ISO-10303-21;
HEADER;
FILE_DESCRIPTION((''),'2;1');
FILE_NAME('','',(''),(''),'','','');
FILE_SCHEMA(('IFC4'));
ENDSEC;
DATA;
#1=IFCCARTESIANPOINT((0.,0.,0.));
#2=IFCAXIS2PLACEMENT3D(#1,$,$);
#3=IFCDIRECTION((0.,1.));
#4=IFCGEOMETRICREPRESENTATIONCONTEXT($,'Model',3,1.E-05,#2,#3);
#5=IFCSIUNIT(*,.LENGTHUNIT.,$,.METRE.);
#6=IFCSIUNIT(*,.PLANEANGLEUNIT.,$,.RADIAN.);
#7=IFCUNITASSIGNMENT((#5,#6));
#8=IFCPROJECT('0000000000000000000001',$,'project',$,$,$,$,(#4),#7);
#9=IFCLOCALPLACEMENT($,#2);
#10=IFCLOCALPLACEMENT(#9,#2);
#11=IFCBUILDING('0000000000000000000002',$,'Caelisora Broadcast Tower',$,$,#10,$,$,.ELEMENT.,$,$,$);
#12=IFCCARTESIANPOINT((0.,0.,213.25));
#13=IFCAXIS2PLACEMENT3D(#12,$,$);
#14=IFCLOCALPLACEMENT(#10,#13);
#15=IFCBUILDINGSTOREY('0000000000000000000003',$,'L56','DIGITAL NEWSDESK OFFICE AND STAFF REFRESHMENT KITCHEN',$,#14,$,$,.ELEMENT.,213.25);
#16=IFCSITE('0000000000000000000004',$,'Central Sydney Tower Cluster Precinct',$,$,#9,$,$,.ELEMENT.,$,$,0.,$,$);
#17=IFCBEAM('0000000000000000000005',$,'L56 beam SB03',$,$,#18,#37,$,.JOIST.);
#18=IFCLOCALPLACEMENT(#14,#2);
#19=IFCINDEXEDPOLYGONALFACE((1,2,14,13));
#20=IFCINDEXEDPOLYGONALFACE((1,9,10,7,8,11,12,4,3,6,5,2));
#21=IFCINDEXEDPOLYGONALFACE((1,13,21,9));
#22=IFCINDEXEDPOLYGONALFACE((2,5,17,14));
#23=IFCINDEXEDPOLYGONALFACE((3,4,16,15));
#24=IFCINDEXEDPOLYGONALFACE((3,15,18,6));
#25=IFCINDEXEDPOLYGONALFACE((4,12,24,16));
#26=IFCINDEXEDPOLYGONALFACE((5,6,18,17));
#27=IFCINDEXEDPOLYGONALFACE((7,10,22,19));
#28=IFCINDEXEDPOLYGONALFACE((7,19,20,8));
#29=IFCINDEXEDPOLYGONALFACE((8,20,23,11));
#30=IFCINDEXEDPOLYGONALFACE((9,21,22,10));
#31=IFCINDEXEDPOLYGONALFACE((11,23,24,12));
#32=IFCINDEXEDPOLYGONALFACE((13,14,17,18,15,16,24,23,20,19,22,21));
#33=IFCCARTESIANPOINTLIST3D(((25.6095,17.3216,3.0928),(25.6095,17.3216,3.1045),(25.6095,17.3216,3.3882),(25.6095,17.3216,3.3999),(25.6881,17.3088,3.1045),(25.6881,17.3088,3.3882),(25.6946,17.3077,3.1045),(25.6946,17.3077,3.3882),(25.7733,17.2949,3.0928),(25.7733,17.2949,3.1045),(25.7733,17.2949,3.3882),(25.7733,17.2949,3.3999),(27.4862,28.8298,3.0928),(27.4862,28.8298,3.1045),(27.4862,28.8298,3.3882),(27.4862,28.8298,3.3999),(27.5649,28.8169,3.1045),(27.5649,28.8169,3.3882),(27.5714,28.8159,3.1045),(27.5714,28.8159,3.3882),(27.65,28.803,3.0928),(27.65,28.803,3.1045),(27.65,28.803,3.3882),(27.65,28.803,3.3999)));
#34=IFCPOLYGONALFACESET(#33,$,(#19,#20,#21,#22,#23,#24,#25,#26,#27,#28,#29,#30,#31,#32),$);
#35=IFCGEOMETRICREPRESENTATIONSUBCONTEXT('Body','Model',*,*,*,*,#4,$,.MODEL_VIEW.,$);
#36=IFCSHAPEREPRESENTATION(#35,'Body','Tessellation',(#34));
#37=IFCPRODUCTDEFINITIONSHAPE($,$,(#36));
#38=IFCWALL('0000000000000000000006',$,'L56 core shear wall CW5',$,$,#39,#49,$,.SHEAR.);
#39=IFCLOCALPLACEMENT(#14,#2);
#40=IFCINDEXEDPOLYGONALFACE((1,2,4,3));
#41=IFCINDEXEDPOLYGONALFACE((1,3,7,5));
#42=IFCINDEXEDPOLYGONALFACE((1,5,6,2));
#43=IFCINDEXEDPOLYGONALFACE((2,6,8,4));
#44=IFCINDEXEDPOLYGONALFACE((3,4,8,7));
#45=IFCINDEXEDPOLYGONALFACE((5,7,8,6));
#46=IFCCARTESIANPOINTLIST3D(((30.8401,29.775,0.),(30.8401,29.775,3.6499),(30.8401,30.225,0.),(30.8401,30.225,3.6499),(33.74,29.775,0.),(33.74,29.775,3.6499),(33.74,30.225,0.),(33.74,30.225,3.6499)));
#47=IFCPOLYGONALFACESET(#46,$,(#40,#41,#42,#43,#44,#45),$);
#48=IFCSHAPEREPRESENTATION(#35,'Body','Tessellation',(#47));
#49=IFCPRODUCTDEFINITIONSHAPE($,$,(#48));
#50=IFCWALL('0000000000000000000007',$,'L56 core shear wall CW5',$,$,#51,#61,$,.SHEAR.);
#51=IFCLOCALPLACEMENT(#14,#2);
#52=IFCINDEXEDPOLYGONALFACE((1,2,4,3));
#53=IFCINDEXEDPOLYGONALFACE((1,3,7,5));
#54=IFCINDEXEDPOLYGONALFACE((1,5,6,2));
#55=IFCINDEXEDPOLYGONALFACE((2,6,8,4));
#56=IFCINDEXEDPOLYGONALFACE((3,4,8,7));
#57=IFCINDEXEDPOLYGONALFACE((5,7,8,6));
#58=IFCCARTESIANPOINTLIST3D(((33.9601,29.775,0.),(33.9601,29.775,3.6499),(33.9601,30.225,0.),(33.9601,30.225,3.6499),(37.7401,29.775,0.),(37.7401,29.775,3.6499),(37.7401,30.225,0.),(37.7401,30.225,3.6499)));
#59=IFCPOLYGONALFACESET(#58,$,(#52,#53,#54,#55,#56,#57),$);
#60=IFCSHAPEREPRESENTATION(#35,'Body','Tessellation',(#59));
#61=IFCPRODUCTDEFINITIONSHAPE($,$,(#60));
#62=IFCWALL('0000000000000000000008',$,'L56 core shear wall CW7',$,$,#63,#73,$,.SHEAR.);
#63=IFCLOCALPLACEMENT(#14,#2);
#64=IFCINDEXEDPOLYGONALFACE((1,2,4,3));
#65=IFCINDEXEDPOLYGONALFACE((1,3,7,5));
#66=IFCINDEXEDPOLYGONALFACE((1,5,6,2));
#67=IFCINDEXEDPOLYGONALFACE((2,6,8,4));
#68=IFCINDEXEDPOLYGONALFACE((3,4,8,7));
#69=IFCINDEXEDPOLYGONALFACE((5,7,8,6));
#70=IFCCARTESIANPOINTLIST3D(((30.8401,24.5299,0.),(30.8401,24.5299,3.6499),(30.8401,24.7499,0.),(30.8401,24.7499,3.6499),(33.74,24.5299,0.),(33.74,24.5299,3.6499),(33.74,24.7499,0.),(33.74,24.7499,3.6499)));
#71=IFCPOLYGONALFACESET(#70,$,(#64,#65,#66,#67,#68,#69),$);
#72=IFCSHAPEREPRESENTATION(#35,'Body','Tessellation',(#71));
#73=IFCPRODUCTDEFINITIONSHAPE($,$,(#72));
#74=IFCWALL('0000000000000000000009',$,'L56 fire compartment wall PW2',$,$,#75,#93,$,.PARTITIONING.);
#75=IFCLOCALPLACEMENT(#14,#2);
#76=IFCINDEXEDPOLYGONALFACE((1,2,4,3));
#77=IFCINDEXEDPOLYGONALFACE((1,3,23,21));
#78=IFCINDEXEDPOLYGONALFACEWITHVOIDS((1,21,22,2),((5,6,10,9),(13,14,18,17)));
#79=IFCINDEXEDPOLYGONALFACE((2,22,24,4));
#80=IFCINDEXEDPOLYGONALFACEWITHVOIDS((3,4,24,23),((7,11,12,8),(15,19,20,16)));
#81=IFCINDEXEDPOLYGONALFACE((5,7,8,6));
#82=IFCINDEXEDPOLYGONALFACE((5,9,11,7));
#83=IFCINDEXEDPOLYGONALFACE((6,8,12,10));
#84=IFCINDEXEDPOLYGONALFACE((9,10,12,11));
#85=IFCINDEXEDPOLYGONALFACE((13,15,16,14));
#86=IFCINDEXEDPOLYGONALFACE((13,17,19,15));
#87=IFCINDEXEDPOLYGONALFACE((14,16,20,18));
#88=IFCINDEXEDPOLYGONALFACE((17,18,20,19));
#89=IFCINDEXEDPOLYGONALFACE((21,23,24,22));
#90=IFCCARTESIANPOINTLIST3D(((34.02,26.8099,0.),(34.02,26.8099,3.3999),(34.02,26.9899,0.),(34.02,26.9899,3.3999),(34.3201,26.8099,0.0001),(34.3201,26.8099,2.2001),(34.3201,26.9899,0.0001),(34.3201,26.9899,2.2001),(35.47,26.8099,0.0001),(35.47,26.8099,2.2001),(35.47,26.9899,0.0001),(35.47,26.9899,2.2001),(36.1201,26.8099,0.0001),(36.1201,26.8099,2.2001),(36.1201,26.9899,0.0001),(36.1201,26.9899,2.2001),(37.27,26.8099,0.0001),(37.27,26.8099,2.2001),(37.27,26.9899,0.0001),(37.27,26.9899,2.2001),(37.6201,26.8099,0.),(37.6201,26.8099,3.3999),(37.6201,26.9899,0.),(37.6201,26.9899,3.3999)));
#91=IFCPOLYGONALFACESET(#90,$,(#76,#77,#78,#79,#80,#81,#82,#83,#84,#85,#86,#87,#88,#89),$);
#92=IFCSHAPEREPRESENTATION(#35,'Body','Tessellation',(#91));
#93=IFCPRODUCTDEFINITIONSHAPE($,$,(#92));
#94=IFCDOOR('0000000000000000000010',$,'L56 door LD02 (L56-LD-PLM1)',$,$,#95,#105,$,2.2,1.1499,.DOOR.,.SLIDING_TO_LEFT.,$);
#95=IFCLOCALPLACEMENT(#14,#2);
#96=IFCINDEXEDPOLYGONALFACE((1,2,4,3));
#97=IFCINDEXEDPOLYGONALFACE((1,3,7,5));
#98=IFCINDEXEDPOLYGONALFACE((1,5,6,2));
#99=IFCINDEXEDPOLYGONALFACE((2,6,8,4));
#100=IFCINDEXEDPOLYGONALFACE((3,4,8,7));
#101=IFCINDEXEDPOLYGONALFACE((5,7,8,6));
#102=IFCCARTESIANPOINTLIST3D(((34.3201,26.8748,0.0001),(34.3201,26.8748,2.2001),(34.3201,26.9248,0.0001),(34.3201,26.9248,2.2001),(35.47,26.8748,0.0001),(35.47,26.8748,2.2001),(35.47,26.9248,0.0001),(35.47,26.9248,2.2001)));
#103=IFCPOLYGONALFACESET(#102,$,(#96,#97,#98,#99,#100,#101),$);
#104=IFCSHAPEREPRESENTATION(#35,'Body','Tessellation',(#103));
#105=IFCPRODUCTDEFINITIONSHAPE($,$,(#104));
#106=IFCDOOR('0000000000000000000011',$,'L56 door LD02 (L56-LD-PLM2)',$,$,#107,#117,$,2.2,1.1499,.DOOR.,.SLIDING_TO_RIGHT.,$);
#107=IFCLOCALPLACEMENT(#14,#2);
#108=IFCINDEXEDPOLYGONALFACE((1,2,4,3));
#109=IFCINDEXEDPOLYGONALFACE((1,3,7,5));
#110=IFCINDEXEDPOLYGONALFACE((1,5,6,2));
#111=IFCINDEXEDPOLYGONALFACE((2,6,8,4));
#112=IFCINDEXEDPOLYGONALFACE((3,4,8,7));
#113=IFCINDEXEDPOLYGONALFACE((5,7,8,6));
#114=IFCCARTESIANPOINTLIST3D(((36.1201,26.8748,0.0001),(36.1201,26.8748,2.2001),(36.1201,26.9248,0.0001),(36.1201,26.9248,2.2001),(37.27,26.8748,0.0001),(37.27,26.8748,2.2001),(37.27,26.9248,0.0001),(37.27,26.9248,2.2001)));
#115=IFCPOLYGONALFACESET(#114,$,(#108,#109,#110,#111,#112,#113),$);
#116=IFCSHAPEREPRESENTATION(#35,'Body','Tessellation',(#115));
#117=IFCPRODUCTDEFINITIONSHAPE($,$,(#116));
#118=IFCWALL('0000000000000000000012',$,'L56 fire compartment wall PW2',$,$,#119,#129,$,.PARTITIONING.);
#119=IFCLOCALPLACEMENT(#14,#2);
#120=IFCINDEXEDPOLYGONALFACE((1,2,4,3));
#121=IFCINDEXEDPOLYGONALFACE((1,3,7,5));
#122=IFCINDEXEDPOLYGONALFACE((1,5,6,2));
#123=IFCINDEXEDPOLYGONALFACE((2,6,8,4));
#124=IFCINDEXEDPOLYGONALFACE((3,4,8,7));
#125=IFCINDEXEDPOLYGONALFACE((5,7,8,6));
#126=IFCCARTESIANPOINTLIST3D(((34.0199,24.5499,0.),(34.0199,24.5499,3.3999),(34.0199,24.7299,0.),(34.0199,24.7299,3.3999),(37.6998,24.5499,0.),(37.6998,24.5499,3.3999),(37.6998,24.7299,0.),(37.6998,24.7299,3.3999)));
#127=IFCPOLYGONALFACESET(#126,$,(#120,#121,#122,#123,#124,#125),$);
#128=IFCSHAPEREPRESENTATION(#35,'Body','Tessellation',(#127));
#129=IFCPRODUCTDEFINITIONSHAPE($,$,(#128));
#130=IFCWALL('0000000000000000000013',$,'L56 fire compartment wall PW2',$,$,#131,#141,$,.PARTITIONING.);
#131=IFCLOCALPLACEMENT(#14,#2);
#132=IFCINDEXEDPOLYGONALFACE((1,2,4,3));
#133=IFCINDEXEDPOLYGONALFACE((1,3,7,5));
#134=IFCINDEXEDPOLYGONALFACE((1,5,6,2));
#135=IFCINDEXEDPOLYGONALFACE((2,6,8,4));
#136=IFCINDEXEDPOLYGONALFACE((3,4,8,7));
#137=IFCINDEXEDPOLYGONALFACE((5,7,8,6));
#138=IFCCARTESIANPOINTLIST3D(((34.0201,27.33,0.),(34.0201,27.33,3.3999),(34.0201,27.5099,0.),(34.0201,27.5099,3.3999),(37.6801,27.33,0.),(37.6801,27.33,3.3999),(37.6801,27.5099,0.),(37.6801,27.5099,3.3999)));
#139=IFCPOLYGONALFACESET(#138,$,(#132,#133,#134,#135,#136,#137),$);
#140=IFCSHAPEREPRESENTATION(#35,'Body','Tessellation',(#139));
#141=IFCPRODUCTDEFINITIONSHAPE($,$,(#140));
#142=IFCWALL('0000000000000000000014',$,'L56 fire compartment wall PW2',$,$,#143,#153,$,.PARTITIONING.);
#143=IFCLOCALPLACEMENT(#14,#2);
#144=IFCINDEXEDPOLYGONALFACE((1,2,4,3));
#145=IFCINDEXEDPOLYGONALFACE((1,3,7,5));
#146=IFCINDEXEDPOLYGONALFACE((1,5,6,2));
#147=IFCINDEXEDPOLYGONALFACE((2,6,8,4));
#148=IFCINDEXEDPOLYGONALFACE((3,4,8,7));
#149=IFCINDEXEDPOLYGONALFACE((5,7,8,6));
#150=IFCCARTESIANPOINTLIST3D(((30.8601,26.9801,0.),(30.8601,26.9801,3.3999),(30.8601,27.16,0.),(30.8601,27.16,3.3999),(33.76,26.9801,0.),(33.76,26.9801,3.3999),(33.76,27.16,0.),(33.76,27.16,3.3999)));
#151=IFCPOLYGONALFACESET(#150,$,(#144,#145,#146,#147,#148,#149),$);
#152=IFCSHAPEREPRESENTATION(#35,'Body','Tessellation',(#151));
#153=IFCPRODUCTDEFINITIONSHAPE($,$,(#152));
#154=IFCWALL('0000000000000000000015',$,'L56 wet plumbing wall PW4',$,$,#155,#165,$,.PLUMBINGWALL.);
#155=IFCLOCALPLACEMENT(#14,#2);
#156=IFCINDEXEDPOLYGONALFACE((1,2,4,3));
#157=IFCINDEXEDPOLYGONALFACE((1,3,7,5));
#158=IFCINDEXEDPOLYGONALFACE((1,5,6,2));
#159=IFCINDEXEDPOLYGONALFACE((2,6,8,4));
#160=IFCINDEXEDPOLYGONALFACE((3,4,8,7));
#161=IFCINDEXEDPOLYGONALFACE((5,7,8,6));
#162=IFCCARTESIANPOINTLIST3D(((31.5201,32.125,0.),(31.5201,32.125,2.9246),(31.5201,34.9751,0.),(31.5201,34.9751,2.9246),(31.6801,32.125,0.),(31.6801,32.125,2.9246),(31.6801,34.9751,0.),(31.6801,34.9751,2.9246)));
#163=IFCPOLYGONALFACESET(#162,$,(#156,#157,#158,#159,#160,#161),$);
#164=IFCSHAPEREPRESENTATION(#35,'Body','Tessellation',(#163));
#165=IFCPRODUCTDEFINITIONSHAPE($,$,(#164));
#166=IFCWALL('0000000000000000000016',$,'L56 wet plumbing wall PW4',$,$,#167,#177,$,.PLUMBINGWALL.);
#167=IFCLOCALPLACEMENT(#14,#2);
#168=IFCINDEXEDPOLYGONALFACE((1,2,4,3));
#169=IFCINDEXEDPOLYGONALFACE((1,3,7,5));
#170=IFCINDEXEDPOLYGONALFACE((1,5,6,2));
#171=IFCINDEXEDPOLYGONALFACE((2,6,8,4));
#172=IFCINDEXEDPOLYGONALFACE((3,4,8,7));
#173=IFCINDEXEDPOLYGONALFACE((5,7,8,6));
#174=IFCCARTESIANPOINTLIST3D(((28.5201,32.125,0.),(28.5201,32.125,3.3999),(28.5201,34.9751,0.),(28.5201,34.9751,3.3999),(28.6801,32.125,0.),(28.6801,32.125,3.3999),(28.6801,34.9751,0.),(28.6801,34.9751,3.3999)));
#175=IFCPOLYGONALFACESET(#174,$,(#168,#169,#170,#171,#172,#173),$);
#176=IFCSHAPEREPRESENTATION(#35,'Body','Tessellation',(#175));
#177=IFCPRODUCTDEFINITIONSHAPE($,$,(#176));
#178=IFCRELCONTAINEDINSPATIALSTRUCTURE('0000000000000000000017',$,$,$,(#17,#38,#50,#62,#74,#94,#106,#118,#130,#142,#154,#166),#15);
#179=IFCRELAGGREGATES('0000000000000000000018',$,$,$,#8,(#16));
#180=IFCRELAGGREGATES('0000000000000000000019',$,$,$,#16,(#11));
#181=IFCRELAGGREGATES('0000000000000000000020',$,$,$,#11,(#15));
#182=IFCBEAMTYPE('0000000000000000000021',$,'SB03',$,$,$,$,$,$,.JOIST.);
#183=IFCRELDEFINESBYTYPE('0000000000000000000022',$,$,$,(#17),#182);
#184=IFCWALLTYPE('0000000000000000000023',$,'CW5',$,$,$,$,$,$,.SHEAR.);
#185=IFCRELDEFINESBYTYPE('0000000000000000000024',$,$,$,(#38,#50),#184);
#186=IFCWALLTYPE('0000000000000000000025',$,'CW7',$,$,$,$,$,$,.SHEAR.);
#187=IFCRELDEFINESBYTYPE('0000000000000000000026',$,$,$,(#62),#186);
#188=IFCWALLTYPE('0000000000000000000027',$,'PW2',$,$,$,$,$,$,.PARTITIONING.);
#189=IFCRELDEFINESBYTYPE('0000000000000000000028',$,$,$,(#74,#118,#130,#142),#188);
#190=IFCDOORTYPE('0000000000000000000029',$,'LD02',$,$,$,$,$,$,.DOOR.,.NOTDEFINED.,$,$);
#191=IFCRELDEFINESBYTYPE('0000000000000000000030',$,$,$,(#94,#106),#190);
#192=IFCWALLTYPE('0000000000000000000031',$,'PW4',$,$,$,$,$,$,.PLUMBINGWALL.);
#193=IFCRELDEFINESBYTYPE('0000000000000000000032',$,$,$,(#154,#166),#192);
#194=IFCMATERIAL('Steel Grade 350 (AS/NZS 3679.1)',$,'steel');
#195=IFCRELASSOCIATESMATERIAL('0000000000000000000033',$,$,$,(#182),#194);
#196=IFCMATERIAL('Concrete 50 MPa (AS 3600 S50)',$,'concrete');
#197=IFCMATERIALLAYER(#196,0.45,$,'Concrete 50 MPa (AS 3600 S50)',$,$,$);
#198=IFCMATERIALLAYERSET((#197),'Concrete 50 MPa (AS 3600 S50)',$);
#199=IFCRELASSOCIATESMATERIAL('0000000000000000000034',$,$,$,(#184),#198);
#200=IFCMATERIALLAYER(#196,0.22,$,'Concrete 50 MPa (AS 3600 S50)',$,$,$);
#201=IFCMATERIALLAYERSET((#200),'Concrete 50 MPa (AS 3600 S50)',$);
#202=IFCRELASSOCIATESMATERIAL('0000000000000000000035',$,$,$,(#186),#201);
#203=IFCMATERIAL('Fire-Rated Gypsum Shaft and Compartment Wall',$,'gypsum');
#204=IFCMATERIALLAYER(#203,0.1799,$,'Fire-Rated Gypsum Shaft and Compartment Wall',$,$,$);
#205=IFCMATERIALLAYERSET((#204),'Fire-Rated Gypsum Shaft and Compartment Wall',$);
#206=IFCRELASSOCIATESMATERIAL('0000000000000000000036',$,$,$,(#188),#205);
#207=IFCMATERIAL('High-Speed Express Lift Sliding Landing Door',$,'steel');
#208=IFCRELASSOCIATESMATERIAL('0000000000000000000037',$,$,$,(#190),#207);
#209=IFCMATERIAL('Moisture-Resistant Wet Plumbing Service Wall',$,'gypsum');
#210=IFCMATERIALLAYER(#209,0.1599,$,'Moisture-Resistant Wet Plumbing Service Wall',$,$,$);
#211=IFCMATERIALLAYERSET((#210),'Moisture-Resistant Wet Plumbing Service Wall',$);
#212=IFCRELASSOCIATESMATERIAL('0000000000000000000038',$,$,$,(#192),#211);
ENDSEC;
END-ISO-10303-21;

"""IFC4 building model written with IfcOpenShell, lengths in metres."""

from ifc_helpers import new_model, si_unit, direction, frame, frame_2d, origin, origin_2d, place, context, subcontext, project, spatial, rectangle, i_section, extrude, source, transform, mapped, material, layer, layer_set, material_profile, profile_set, type_object, element, fill, save


model = new_model("IFC4")

# Units and contexts
model_context = context("Model", 3, precision=1e-05, world=origin(), true_north=direction((0.0, 1.0)))
body_context = subcontext(model_context, "Body", "Model", "MODEL_VIEW")
ifc_project = project(units=[si_unit("LENGTHUNIT", "METRE"), si_unit("PLANEANGLEUNIT", "RADIAN")], contexts=[model_context])

# Site, building, storey
site_placement = place(None, origin())
site = spatial("IfcSite", under=ifc_project, at=site_placement, Name="Central Sydney Tower Cluster Precinct", CompositionType="ELEMENT", RefElevation=0.0)
building_placement = place(site_placement, origin())
building = spatial("IfcBuilding", under=site, at=building_placement, Name="Caelisora Broadcast Tower", CompositionType="ELEMENT")
storey_placement = place(building_placement, frame((0.0, 0.0, 213.25)))
storey = spatial("IfcBuildingStorey", under=building, at=storey_placement, Name="L56", Description="DIGITAL NEWSDESK OFFICE AND STAFF REFRESHMENT KITCHEN", CompositionType="ELEMENT", Elevation=213.25)

# Beam
ifc_material_1 = material(Name="Steel Grade 350 (AS/NZS 3679.1)", Category="steel")
ifc_material_profile_1 = material_profile(ifc_material_1, i_section(OverallWidth=0.166, OverallDepth=0.3071, WebThickness=0.0066, FlangeThickness=0.0117, at=origin_2d()), Name="Steel Grade 350 (AS/NZS 3679.1)")
ifc_profile_set_1 = profile_set([ifc_material_profile_1], Name="Steel Grade 350 (AS/NZS 3679.1)")
beam_type_1 = type_object("IfcBeamType", Name="SB03", PredefinedType="JOIST", material=ifc_profile_set_1)
shared_shape_1 = source(origin(), body_context, "Body", "SweptSolid", [
    extrude(i_section(OverallWidth=0.166, OverallDepth=0.3071, WebThickness=0.0066, FlangeThickness=0.0117, at=origin_2d()), origin(), (0.0, 0.0, 1.0), 11.6602),
])
beam_1_placement = place(storey_placement, frame((27.5681, 28.8164, 3.2463), z_axis=(-0.160952, -0.986962, 0.0), x_axis=(0.986962, -0.160952, 0.0)))
element("IfcBeam", 1, at=beam_1_placement, inside=storey, type_object=beam_type_1, Name="L56 beam SB03", PredefinedType="JOIST", context=body_context, shape_type="MappedRepresentation", body=[
    mapped(shared_shape_1, transform((0.0, 0.0, 0.0), scale=1.0)),
])

# Walls
ifc_material_2 = material(Name="Concrete 50 MPa (AS 3600 S50)", Category="concrete")
ifc_layer_1 = layer(ifc_material_2, 0.45, Name="Concrete 50 MPa (AS 3600 S50)")
ifc_layer_set_1 = layer_set([ifc_layer_1], Name="Concrete 50 MPa (AS 3600 S50)")
wall_type_1 = type_object("IfcWallType", Name="CW5", PredefinedType="SHEAR", material=ifc_layer_set_1)
wall_1_placement = place(storey_placement, frame((30.8401, 30.0, 0.0), z_axis=(0.0, 0.0, 1.0), x_axis=(1.0, 0.0, 0.0)))
element("IfcWall", 2, at=wall_1_placement, inside=storey, type_object=wall_type_1, Name="L56 core shear wall CW5", PredefinedType="SHEAR", context=body_context, shape_type="SweptSolid", body=[
    extrude(rectangle(XDim=2.8999, YDim=0.45, at=frame_2d((1.45, 0.0))), origin(), (0.0, 0.0, 1.0), 3.6499),
])
wall_2_placement = place(storey_placement, frame((33.96, 30.0, 0.0), z_axis=(0.0, 0.0, 1.0), x_axis=(1.0, 0.0, 0.0)))
element("IfcWall", 3, at=wall_2_placement, inside=storey, type_object=wall_type_1, Name="L56 core shear wall CW5", PredefinedType="SHEAR", context=body_context, shape_type="SweptSolid", body=[
    extrude(rectangle(XDim=3.78, YDim=0.45, at=frame_2d((1.8901, 0.0))), origin(), (0.0, 0.0, 1.0), 3.6499),
])
ifc_layer_2 = layer(ifc_material_2, 0.22, Name="Concrete 50 MPa (AS 3600 S50)")
ifc_layer_set_2 = layer_set([ifc_layer_2], Name="Concrete 50 MPa (AS 3600 S50)")
wall_type_2 = type_object("IfcWallType", Name="CW7", PredefinedType="SHEAR", material=ifc_layer_set_2)
wall_3_placement = place(storey_placement, frame((30.8401, 24.6399, 0.0), z_axis=(0.0, 0.0, 1.0), x_axis=(1.0, 0.0, 0.0)))
element("IfcWall", 4, at=wall_3_placement, inside=storey, type_object=wall_type_2, Name="L56 core shear wall CW7", PredefinedType="SHEAR", context=body_context, shape_type="SweptSolid", body=[
    extrude(rectangle(XDim=2.8999, YDim=0.22, at=frame_2d((1.45, 0.0))), origin(), (0.0, 0.0, 1.0), 3.6499),
])

# Wall, openings, doors
ifc_material_3 = material(Name="Fire-Rated Gypsum Shaft and Compartment Wall", Category="gypsum")
ifc_layer_3 = layer(ifc_material_3, 0.1799, Name="Fire-Rated Gypsum Shaft and Compartment Wall")
ifc_layer_set_3 = layer_set([ifc_layer_3], Name="Fire-Rated Gypsum Shaft and Compartment Wall")
wall_type_3 = type_object("IfcWallType", Name="PW2", PredefinedType="PARTITIONING", material=ifc_layer_set_3)
wall_4_placement = place(storey_placement, frame((34.02, 26.8999, 0.0), z_axis=(0.0, 0.0, 1.0), x_axis=(1.0, 0.0, 0.0)))
wall_4 = element("IfcWall", 5, at=wall_4_placement, inside=storey, type_object=wall_type_3, Name="L56 fire compartment wall PW2", PredefinedType="PARTITIONING", context=body_context, shape_type="SweptSolid", body=[
    extrude(rectangle(XDim=3.6001, YDim=0.1799, at=frame_2d((1.8, 0.0))), origin(), (0.0, 0.0, 1.0), 3.3999),
])
opening_1_placement = place(wall_4_placement, frame((0.3, 0.0, 0.0)))
opening_1 = element("IfcOpeningElement", 6, at=opening_1_placement, cuts=wall_4, PredefinedType="OPENING", context=body_context, shape_type="SweptSolid", body=[
    extrude(rectangle(XDim=1.1499, YDim=2.2, at=frame_2d((0.575, 1.1001))), frame((0.0, 0.1021, 0.0), z_axis=(0.0, -1.0, 0.0), x_axis=(1.0, 0.0, 0.0)), (0.0, 0.0, 1.0), 0.2039),
])
opening_2_placement = place(wall_4_placement, frame((2.1001, 0.0, 0.0)))
opening_2 = element("IfcOpeningElement", 7, at=opening_2_placement, cuts=wall_4, PredefinedType="OPENING", context=body_context, shape_type="SweptSolid", body=[
    extrude(rectangle(XDim=1.1499, YDim=2.2, at=frame_2d((0.575, 1.1001))), frame((0.0, 0.1021, 0.0), z_axis=(0.0, -1.0, 0.0), x_axis=(1.0, 0.0, 0.0)), (0.0, 0.0, 1.0), 0.2039),
])
ifc_material_4 = material(Name="High-Speed Express Lift Sliding Landing Door", Category="steel")
door_type = type_object("IfcDoorType", Name="LD02", OperationType="NOTDEFINED", PredefinedType="DOOR", material=ifc_material_4)
door_1_placement = place(opening_1_placement, origin())
door_1 = element("IfcDoor", 8, at=door_1_placement, inside=storey, type_object=door_type, Name="L56 door LD02 (L56-LD-PLM1)", OperationType="SLIDING_TO_LEFT", OverallHeight=2.2, OverallWidth=1.1499, PredefinedType="DOOR", context=body_context, shape_type="SweptSolid", body=[
    extrude(rectangle(XDim=1.1499, YDim=2.2, at=frame_2d((0.575, 1.1001))), frame((0.0, 0.0249, 0.0), z_axis=(0.0, -1.0, 0.0), x_axis=(1.0, 0.0, 0.0)), (0.0, 0.0, 1.0), 0.05),
])
fill(opening_1, door_1)
door_2_placement = place(opening_2_placement, origin())
door_2 = element("IfcDoor", 9, at=door_2_placement, inside=storey, type_object=door_type, Name="L56 door LD02 (L56-LD-PLM2)", OperationType="SLIDING_TO_RIGHT", OverallHeight=2.2, OverallWidth=1.1499, PredefinedType="DOOR", context=body_context, shape_type="SweptSolid", body=[
    extrude(rectangle(XDim=1.1499, YDim=2.2, at=frame_2d((0.575, 1.1001))), frame((0.0, 0.0249, 0.0), z_axis=(0.0, -1.0, 0.0), x_axis=(1.0, 0.0, 0.0)), (0.0, 0.0, 1.0), 0.05),
])
fill(opening_2, door_2)

# Walls
wall_5_placement = place(storey_placement, frame((34.02, 24.6399, 0.0), z_axis=(0.0, 0.0, 1.0), x_axis=(1.0, 0.0, 0.0)))
element("IfcWall", 10, at=wall_5_placement, inside=storey, type_object=wall_type_3, Name="L56 fire compartment wall PW2", PredefinedType="PARTITIONING", context=body_context, shape_type="SweptSolid", body=[
    extrude(rectangle(XDim=3.6799, YDim=0.1799, at=frame_2d((1.8398, 0.0))), origin(), (0.0, 0.0, 1.0), 3.3999),
])
wall_6_placement = place(storey_placement, frame((34.02, 27.4199, 0.0), z_axis=(0.0, 0.0, 1.0), x_axis=(1.0, 0.0, 0.0)))
element("IfcWall", 11, at=wall_6_placement, inside=storey, type_object=wall_type_3, Name="L56 fire compartment wall PW2", PredefinedType="PARTITIONING", context=body_context, shape_type="SweptSolid", body=[
    extrude(rectangle(XDim=3.6599, YDim=0.1799, at=frame_2d((1.8301, 0.0))), origin(), (0.0, 0.0, 1.0), 3.3999),
])
wall_7_placement = place(storey_placement, frame((30.8601, 27.0701, 0.0), z_axis=(0.0, 0.0, 1.0), x_axis=(1.0, 0.0, 0.0)))
element("IfcWall", 12, at=wall_7_placement, inside=storey, type_object=wall_type_3, Name="L56 fire compartment wall PW2", PredefinedType="PARTITIONING", context=body_context, shape_type="SweptSolid", body=[
    extrude(rectangle(XDim=2.8999, YDim=0.1799, at=frame_2d((1.45, 0.0))), origin(), (0.0, 0.0, 1.0), 3.3999),
])
ifc_material_5 = material(Name="Moisture-Resistant Wet Plumbing Service Wall", Category="gypsum")
ifc_layer_4 = layer(ifc_material_5, 0.1599, Name="Moisture-Resistant Wet Plumbing Service Wall")
ifc_layer_set_4 = layer_set([ifc_layer_4], Name="Moisture-Resistant Wet Plumbing Service Wall")
wall_type_4 = type_object("IfcWallType", Name="PW4", PredefinedType="PLUMBINGWALL", material=ifc_layer_set_4)
wall_8_placement = place(storey_placement, frame((31.6001, 32.125, 0.0), z_axis=(0.0, 0.0, 1.0), x_axis=(0.0, 1.0, 0.0)))
element("IfcWall", 13, at=wall_8_placement, inside=storey, type_object=wall_type_4, Name="L56 wet plumbing wall PW4", PredefinedType="PLUMBINGWALL", context=body_context, shape_type="SweptSolid", body=[
    extrude(rectangle(XDim=2.8501, YDim=0.1599, at=frame_2d((1.425, 0.0))), origin(), (0.0, 0.0, 1.0), 2.9246),
])
for number, where, z_axis, x_axis, name in (
    (14, (28.6001, 32.125, 0.0), (0.0, 0.0, 1.0), (0.0, 1.0, 0.0), "L56 wet plumbing wall PW4"),
):
    element("IfcWall", number, at=place(storey_placement, frame(where, z_axis=z_axis, x_axis=x_axis)), inside=storey, type_object=wall_type_4, Name=name, PredefinedType="PLUMBINGWALL", context=body_context, shape_type="SweptSolid", body=[
        extrude(rectangle(XDim=2.8501, YDim=0.1599, at=frame_2d((1.425, 0.0))), origin(), (0.0, 0.0, 1.0), 3.3999),
    ])

save(model, "model.ifc")
